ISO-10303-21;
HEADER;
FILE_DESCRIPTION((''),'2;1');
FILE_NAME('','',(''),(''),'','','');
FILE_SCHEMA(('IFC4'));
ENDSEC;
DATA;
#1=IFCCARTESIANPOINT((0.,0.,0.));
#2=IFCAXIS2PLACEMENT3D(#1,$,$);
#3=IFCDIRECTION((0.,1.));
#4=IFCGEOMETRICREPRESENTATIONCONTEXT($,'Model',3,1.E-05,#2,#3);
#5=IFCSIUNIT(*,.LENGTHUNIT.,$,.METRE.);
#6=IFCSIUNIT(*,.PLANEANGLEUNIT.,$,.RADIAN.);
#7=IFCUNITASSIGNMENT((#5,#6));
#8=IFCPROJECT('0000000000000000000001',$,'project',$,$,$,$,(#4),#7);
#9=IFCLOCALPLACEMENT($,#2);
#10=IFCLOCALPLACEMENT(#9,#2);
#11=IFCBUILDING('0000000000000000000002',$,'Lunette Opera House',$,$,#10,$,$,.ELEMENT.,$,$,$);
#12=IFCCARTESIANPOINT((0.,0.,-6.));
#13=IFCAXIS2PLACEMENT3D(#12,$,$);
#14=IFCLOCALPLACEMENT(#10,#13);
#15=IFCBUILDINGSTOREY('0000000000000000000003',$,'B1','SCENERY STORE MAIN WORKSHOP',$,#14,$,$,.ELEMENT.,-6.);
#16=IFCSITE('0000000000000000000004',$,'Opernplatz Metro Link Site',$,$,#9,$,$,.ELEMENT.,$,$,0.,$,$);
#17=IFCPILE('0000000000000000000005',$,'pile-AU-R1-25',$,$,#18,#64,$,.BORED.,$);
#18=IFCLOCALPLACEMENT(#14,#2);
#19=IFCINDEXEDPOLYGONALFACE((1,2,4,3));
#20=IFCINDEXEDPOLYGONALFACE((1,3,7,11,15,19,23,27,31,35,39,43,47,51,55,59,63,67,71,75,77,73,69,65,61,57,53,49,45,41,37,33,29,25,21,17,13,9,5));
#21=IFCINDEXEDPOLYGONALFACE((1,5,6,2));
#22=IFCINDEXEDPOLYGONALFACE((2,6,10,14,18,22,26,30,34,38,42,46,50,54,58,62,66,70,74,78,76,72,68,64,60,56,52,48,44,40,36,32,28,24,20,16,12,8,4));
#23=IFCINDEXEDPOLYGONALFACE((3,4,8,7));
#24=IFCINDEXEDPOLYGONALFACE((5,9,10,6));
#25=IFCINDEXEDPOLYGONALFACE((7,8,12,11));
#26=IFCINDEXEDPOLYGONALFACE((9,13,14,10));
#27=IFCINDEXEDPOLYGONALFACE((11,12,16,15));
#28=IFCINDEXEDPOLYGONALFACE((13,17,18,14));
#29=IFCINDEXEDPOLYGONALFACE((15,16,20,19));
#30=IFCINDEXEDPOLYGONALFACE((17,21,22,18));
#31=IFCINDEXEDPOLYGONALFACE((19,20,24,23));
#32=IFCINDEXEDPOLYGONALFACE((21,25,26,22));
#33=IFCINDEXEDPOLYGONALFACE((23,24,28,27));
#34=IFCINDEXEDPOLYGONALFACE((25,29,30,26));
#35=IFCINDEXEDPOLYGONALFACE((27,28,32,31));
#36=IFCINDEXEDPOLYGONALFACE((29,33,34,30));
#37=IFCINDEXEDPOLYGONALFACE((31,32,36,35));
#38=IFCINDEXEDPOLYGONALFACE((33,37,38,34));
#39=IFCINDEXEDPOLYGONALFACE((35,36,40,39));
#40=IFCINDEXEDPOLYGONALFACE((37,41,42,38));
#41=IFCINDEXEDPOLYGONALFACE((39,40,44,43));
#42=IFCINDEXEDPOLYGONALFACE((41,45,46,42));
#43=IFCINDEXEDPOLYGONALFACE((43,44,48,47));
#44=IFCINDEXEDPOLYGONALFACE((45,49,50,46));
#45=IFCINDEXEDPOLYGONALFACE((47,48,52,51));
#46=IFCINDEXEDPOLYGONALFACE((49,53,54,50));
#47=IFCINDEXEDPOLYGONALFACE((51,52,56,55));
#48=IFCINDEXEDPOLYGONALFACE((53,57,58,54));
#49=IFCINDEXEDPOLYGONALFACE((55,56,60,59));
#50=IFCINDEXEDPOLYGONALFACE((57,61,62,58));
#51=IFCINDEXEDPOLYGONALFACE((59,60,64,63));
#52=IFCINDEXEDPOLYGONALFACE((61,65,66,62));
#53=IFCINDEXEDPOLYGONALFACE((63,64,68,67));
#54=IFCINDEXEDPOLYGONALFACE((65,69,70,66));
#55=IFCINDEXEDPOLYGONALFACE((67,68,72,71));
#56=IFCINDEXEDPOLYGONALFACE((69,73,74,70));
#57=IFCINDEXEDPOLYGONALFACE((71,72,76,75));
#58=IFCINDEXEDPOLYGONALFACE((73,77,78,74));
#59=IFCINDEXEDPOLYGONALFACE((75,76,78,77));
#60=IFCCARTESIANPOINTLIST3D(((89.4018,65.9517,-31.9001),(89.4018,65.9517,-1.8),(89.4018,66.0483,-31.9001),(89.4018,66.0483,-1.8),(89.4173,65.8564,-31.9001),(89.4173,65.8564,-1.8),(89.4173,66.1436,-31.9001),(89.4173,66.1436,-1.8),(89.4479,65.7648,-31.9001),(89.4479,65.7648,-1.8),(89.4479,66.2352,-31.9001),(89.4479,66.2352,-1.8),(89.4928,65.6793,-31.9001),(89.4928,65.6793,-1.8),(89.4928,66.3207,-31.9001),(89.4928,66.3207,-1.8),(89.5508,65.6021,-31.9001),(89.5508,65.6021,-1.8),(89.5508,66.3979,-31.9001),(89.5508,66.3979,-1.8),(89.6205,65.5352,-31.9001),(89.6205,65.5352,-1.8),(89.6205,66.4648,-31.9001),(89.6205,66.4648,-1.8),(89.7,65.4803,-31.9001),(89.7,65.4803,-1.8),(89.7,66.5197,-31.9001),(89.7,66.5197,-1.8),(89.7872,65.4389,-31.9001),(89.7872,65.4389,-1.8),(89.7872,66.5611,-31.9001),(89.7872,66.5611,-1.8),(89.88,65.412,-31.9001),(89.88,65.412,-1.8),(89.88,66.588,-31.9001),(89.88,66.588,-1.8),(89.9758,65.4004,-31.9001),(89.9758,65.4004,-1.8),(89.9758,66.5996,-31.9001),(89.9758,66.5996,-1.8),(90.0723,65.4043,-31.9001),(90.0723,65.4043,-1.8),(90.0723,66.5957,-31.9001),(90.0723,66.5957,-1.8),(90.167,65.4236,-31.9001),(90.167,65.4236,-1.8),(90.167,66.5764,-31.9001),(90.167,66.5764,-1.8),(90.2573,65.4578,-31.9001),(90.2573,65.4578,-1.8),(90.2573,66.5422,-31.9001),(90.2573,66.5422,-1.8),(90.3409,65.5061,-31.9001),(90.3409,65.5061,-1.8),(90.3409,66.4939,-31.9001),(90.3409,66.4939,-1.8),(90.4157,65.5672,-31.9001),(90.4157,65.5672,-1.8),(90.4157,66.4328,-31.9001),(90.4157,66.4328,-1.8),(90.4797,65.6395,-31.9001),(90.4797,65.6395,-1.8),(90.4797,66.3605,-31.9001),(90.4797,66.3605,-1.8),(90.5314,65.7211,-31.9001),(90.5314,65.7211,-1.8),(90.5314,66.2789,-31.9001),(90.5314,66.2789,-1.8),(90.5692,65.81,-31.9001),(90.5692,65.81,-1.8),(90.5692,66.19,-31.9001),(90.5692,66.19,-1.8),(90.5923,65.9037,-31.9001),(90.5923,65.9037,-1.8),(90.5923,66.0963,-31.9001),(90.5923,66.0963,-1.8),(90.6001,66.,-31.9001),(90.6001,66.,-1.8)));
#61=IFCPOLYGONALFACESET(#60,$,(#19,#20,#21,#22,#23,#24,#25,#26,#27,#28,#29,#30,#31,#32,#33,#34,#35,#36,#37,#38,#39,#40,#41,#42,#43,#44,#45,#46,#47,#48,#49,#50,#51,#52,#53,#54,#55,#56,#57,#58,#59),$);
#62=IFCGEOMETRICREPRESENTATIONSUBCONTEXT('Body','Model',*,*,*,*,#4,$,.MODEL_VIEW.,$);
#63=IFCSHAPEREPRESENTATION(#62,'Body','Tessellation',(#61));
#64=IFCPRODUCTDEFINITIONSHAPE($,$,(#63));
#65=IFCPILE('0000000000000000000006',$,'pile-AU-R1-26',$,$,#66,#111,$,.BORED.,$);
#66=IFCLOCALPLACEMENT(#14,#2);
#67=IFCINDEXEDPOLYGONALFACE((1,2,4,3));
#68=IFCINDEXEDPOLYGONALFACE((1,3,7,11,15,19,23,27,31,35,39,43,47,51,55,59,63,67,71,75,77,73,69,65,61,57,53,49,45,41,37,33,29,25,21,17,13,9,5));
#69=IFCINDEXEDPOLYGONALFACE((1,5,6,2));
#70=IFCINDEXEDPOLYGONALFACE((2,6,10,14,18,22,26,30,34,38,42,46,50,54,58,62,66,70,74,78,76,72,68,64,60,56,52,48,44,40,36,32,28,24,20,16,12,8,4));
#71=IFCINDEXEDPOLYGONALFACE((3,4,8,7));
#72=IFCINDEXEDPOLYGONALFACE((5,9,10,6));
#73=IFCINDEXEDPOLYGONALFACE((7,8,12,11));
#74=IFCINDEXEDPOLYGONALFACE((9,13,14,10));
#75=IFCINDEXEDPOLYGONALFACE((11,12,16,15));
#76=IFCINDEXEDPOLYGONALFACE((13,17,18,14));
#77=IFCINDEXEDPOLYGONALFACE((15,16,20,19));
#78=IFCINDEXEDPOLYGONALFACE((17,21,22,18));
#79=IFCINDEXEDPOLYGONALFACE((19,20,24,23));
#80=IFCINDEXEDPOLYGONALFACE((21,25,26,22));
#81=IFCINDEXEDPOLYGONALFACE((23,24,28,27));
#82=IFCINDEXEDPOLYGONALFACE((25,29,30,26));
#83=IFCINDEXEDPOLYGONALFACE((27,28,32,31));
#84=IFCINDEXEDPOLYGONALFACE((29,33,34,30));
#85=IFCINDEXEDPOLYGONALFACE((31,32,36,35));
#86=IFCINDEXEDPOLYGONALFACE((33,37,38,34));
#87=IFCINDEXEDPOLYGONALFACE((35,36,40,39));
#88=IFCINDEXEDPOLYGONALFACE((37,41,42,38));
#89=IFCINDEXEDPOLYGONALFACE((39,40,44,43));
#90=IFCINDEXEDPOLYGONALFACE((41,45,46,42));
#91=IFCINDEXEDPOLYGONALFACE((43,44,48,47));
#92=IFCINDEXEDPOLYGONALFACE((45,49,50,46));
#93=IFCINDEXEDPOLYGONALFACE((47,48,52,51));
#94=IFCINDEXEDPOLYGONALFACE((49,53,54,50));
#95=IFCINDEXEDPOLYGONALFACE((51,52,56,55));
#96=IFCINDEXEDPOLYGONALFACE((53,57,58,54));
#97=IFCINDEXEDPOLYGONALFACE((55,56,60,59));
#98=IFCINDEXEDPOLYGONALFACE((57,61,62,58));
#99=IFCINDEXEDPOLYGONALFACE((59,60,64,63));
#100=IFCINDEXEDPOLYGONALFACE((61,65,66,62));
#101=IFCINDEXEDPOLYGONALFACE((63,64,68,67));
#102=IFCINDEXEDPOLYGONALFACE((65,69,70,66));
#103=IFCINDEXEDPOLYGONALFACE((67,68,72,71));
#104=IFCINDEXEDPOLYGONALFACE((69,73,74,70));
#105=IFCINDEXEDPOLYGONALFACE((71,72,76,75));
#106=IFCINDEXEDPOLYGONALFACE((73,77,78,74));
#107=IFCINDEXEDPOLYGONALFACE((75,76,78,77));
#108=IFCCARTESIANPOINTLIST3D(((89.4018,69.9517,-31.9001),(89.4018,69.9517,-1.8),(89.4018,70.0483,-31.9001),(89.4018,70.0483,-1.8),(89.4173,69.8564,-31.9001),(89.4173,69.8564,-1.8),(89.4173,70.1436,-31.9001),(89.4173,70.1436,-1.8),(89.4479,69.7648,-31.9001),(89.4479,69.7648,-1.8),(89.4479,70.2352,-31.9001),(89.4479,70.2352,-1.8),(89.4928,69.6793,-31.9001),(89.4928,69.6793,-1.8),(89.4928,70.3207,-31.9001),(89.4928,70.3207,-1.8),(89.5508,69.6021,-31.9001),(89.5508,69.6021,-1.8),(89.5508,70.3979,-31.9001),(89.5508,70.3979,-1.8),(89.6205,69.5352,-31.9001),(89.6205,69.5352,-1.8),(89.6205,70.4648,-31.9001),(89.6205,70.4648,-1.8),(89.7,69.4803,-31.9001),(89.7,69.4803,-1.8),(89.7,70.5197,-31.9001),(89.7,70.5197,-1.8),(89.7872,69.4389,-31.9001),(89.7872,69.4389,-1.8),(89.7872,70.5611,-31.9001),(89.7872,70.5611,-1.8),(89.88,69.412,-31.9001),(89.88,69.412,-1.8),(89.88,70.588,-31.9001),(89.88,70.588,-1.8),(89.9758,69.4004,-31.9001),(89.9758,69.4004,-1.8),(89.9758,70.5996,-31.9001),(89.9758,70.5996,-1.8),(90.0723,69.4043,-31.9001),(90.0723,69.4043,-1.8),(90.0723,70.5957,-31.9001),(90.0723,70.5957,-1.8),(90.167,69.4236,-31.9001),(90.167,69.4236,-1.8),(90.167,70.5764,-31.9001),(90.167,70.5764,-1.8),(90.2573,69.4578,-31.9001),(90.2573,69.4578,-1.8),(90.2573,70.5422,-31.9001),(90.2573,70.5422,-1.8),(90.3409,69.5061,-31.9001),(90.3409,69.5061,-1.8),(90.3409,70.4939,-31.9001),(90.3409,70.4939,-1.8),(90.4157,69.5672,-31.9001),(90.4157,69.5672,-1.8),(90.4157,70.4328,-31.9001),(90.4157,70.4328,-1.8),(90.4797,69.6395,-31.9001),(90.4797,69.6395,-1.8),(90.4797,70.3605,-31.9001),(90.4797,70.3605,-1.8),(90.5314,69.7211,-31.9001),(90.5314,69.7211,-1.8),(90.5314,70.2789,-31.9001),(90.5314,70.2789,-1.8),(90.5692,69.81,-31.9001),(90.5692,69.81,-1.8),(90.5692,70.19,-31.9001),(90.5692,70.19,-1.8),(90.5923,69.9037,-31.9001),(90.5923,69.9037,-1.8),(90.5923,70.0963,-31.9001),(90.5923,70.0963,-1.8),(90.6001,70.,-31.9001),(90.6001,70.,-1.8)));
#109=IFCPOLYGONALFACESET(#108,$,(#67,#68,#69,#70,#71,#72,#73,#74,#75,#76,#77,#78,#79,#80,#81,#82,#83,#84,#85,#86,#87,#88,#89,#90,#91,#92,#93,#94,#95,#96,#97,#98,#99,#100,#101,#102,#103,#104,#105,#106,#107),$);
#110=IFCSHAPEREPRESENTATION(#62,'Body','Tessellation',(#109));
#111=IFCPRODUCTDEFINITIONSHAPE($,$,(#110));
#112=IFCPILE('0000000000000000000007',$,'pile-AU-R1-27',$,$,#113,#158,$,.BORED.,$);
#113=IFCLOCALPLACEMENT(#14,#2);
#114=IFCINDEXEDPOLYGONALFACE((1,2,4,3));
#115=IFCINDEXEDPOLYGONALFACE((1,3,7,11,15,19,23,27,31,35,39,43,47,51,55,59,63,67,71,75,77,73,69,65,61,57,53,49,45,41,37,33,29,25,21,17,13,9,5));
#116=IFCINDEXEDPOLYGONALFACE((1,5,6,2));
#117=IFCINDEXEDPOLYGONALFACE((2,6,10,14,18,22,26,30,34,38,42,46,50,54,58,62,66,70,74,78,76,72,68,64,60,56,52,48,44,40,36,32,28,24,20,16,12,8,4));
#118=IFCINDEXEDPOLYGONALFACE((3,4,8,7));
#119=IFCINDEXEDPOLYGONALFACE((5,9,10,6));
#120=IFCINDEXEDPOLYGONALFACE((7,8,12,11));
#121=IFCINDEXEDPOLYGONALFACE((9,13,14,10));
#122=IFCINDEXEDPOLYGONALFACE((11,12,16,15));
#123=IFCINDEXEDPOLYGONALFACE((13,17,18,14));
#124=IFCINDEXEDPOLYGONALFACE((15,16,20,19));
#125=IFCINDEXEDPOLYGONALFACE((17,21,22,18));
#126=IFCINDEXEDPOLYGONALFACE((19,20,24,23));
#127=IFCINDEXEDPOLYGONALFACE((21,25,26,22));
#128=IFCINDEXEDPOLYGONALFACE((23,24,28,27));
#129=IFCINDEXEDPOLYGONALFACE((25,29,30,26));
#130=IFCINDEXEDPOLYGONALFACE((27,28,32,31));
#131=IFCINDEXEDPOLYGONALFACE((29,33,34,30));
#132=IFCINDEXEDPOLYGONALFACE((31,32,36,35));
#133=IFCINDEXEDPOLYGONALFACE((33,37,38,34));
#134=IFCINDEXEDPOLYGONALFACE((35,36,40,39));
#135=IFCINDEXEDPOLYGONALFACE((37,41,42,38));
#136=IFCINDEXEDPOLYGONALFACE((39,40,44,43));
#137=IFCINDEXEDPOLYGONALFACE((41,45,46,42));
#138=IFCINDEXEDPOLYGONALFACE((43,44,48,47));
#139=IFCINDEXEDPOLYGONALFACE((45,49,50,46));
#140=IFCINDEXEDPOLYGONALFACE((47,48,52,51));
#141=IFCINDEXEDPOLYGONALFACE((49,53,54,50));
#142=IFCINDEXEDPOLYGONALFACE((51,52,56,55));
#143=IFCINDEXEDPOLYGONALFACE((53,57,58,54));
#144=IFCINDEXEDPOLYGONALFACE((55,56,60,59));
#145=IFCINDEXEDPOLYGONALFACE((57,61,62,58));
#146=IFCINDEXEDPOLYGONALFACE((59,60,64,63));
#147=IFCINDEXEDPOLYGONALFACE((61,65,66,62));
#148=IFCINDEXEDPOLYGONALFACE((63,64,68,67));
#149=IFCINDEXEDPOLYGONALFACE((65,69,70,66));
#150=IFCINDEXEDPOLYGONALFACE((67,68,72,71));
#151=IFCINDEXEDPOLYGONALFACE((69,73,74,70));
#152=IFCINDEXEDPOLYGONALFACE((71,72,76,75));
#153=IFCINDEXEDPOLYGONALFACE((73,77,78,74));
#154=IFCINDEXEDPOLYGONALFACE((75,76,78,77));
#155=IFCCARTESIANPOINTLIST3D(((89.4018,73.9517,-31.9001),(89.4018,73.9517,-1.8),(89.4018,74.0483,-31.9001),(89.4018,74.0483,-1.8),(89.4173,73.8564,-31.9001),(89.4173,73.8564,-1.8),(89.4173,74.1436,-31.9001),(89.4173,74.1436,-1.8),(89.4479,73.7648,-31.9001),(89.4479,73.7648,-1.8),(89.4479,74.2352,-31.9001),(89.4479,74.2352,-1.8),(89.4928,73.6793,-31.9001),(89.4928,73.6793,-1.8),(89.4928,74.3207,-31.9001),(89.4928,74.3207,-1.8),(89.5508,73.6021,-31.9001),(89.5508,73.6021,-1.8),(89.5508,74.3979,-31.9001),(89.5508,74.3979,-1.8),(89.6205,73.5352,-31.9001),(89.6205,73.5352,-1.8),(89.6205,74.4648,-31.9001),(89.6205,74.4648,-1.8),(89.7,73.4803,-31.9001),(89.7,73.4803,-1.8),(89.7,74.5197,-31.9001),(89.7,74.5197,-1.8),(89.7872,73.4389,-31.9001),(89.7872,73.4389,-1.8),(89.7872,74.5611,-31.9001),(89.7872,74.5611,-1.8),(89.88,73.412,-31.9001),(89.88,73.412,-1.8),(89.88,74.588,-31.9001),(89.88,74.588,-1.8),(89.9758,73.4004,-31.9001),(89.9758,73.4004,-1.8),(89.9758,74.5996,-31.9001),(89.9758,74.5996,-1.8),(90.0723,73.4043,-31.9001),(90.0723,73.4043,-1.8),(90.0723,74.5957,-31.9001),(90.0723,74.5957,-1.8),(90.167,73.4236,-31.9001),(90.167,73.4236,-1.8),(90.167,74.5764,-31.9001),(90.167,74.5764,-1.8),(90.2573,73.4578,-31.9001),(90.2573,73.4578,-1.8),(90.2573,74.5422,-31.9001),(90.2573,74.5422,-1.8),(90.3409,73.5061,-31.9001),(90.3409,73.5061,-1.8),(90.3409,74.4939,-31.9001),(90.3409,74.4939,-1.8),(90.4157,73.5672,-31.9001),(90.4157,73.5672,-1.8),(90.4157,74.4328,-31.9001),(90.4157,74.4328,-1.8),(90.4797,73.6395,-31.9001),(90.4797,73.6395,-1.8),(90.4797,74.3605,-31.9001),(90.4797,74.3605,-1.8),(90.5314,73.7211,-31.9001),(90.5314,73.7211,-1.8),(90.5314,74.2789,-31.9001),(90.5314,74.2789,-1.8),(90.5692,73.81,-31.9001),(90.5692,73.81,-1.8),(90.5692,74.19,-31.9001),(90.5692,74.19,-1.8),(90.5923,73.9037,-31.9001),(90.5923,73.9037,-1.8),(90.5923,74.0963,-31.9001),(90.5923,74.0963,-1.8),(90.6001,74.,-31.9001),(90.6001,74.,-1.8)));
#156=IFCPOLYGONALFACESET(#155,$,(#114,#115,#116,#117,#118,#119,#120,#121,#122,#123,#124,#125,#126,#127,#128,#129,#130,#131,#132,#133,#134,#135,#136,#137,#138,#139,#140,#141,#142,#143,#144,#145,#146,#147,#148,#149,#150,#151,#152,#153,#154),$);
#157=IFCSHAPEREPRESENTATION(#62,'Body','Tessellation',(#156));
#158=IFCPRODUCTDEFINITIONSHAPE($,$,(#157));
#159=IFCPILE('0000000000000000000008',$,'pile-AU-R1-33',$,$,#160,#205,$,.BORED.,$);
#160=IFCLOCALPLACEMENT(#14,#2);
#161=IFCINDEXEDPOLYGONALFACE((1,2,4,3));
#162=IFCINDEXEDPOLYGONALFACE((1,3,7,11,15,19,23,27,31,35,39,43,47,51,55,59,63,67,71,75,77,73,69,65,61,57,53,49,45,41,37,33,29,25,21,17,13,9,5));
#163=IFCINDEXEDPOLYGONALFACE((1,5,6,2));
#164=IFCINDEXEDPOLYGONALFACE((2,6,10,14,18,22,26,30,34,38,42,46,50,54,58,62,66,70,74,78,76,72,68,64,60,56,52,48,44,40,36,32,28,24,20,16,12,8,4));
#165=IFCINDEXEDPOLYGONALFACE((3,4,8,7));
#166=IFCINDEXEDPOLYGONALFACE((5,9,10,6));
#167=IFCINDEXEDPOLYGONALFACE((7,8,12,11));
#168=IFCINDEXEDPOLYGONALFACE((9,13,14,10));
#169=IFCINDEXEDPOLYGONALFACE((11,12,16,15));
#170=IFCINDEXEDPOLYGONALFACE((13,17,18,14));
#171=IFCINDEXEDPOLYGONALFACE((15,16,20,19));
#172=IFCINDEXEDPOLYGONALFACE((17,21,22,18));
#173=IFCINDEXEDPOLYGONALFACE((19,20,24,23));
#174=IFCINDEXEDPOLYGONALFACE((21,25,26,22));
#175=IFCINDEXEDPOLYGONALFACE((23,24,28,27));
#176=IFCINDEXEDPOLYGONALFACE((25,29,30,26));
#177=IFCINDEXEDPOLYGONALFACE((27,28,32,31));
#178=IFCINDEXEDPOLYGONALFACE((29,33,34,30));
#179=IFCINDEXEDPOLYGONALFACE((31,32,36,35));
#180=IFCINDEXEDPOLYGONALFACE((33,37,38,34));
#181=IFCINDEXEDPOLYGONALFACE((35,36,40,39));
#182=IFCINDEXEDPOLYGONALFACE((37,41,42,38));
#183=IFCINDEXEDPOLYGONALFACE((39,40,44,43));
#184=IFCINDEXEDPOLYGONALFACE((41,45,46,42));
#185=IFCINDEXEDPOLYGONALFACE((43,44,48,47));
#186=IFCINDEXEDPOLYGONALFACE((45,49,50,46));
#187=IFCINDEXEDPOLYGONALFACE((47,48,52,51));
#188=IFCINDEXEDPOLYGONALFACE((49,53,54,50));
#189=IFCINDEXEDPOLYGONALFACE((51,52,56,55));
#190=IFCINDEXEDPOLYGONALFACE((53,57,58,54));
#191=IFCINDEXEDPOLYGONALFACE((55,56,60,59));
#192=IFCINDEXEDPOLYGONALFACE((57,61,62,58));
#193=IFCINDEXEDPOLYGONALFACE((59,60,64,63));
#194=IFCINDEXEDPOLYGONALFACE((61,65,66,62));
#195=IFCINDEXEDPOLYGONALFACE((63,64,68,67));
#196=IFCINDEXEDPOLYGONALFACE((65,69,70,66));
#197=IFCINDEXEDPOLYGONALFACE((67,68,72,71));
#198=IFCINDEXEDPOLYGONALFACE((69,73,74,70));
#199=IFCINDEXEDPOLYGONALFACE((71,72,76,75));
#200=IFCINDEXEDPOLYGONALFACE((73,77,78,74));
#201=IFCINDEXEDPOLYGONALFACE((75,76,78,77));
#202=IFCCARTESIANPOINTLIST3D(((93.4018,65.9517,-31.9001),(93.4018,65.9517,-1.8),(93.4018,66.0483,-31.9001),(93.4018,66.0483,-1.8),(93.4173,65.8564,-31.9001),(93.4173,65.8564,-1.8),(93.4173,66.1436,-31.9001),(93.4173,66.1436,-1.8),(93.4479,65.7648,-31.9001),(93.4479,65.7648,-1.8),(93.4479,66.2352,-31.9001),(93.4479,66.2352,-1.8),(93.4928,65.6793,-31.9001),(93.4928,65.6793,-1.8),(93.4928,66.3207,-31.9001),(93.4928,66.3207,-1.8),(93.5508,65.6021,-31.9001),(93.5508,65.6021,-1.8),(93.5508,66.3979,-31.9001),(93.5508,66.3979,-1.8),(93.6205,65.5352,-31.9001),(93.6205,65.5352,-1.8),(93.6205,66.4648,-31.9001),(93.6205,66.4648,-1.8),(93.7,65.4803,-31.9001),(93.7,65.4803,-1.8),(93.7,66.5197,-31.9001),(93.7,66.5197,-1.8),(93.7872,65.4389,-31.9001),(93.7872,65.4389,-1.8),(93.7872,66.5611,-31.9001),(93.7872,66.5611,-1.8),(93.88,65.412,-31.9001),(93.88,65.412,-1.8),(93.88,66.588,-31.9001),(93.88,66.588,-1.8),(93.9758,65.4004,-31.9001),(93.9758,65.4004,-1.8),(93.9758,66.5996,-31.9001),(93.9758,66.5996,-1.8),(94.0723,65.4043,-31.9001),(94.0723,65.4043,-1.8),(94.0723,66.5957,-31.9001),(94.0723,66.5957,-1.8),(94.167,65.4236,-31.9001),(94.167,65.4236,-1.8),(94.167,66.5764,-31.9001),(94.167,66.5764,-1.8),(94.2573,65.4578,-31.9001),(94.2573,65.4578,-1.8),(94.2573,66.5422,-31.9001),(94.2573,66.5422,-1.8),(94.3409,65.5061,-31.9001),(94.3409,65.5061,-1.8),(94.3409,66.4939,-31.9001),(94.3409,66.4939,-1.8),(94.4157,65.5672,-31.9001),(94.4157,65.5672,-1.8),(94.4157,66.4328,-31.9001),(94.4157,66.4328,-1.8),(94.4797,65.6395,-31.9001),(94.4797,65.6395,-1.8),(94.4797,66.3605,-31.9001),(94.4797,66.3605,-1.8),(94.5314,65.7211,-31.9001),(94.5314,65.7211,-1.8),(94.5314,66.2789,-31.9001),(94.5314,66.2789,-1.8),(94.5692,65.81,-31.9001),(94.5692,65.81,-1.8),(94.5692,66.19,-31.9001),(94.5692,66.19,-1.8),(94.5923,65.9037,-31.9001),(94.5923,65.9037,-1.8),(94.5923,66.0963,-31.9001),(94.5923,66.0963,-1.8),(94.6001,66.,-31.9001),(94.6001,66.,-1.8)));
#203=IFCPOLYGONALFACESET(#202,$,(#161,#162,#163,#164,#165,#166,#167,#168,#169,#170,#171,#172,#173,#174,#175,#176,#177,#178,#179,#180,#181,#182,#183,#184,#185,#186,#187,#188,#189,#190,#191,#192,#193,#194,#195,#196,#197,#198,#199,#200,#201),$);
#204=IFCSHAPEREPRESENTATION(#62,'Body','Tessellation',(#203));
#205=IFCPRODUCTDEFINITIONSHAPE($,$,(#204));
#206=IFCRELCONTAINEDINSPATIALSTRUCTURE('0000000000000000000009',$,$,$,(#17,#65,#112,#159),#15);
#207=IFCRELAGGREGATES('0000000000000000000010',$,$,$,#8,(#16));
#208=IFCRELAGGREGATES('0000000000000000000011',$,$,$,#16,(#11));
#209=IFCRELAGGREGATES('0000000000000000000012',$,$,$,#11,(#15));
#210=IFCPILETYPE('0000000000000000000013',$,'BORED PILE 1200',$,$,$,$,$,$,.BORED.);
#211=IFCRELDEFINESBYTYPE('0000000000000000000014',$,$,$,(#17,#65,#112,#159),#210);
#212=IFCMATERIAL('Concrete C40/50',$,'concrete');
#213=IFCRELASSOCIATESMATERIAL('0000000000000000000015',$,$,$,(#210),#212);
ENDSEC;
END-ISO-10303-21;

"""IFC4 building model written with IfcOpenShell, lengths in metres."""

from ifc_helpers import new_model, si_unit, direction, frame, origin, origin_2d, place, context, subcontext, project, spatial, circle, extrude, material, material_profile, profile_set, type_object, element, save


model = new_model("IFC4")

# Units and contexts
model_context = context("Model", 3, precision=1e-05, world=origin(), true_north=direction((0.0, 1.0)))
body_context = subcontext(model_context, "Body", "Model", "MODEL_VIEW")
ifc_project = project(units=[si_unit("LENGTHUNIT", "METRE"), si_unit("PLANEANGLEUNIT", "RADIAN")], contexts=[model_context])

# Site, building, storey
site_placement = place(None, origin())
site = spatial("IfcSite", under=ifc_project, at=site_placement, Name="Opernplatz Metro Link Site", CompositionType="ELEMENT", RefElevation=0.0)
building_placement = place(site_placement, origin())
building = spatial("IfcBuilding", under=site, at=building_placement, Name="Lunette Opera House", CompositionType="ELEMENT")
storey_placement = place(building_placement, frame((0.0, 0.0, -6.0)))
storey = spatial("IfcBuildingStorey", under=building, at=storey_placement, Name="B1", Description="SCENERY STORE MAIN WORKSHOP", CompositionType="ELEMENT", Elevation=-6.0)

# Piles
ifc_material_1 = material(Name="Concrete C40/50", Category="concrete")
ifc_material_profile_1 = material_profile(ifc_material_1, circle(Radius=0.6001, at=origin_2d()), Name="BORED PILE 1200")
ifc_profile_set_1 = profile_set([ifc_material_profile_1], Name="Concrete C40/50")
pile_type_1 = type_object("IfcPileType", Name="BORED PILE 1200", PredefinedType="BORED", material=ifc_profile_set_1)
for number, where, z_axis, x_axis, name in (
    (1, (90.0, 66.0, -1.8), (0.0, 0.0, -1.0), (1.0, 0.0, 0.0), "pile-AU-R1-25"),
    (2, (90.0, 70.0, -1.8), (0.0, 0.0, -1.0), (1.0, 0.0, 0.0), "pile-AU-R1-26"),
    (3, (90.0, 74.0, -1.8), (0.0, 0.0, -1.0), (1.0, 0.0, 0.0), "pile-AU-R1-27"),
    (4, (94.0, 66.0, -1.8), (0.0, 0.0, -1.0), (1.0, 0.0, 0.0), "pile-AU-R1-33"),
):
    element("IfcPile", number, at=place(storey_placement, frame(where, z_axis=z_axis, x_axis=x_axis)), inside=storey, type_object=pile_type_1, Name=name, PredefinedType="BORED", context=body_context, shape_type="SweptSolid", body=[
        extrude(circle(Radius=0.6001, at=origin_2d()), origin(), (0.0, 0.0, 1.0), 30.1001),
    ])

save(model, "model.ifc")
